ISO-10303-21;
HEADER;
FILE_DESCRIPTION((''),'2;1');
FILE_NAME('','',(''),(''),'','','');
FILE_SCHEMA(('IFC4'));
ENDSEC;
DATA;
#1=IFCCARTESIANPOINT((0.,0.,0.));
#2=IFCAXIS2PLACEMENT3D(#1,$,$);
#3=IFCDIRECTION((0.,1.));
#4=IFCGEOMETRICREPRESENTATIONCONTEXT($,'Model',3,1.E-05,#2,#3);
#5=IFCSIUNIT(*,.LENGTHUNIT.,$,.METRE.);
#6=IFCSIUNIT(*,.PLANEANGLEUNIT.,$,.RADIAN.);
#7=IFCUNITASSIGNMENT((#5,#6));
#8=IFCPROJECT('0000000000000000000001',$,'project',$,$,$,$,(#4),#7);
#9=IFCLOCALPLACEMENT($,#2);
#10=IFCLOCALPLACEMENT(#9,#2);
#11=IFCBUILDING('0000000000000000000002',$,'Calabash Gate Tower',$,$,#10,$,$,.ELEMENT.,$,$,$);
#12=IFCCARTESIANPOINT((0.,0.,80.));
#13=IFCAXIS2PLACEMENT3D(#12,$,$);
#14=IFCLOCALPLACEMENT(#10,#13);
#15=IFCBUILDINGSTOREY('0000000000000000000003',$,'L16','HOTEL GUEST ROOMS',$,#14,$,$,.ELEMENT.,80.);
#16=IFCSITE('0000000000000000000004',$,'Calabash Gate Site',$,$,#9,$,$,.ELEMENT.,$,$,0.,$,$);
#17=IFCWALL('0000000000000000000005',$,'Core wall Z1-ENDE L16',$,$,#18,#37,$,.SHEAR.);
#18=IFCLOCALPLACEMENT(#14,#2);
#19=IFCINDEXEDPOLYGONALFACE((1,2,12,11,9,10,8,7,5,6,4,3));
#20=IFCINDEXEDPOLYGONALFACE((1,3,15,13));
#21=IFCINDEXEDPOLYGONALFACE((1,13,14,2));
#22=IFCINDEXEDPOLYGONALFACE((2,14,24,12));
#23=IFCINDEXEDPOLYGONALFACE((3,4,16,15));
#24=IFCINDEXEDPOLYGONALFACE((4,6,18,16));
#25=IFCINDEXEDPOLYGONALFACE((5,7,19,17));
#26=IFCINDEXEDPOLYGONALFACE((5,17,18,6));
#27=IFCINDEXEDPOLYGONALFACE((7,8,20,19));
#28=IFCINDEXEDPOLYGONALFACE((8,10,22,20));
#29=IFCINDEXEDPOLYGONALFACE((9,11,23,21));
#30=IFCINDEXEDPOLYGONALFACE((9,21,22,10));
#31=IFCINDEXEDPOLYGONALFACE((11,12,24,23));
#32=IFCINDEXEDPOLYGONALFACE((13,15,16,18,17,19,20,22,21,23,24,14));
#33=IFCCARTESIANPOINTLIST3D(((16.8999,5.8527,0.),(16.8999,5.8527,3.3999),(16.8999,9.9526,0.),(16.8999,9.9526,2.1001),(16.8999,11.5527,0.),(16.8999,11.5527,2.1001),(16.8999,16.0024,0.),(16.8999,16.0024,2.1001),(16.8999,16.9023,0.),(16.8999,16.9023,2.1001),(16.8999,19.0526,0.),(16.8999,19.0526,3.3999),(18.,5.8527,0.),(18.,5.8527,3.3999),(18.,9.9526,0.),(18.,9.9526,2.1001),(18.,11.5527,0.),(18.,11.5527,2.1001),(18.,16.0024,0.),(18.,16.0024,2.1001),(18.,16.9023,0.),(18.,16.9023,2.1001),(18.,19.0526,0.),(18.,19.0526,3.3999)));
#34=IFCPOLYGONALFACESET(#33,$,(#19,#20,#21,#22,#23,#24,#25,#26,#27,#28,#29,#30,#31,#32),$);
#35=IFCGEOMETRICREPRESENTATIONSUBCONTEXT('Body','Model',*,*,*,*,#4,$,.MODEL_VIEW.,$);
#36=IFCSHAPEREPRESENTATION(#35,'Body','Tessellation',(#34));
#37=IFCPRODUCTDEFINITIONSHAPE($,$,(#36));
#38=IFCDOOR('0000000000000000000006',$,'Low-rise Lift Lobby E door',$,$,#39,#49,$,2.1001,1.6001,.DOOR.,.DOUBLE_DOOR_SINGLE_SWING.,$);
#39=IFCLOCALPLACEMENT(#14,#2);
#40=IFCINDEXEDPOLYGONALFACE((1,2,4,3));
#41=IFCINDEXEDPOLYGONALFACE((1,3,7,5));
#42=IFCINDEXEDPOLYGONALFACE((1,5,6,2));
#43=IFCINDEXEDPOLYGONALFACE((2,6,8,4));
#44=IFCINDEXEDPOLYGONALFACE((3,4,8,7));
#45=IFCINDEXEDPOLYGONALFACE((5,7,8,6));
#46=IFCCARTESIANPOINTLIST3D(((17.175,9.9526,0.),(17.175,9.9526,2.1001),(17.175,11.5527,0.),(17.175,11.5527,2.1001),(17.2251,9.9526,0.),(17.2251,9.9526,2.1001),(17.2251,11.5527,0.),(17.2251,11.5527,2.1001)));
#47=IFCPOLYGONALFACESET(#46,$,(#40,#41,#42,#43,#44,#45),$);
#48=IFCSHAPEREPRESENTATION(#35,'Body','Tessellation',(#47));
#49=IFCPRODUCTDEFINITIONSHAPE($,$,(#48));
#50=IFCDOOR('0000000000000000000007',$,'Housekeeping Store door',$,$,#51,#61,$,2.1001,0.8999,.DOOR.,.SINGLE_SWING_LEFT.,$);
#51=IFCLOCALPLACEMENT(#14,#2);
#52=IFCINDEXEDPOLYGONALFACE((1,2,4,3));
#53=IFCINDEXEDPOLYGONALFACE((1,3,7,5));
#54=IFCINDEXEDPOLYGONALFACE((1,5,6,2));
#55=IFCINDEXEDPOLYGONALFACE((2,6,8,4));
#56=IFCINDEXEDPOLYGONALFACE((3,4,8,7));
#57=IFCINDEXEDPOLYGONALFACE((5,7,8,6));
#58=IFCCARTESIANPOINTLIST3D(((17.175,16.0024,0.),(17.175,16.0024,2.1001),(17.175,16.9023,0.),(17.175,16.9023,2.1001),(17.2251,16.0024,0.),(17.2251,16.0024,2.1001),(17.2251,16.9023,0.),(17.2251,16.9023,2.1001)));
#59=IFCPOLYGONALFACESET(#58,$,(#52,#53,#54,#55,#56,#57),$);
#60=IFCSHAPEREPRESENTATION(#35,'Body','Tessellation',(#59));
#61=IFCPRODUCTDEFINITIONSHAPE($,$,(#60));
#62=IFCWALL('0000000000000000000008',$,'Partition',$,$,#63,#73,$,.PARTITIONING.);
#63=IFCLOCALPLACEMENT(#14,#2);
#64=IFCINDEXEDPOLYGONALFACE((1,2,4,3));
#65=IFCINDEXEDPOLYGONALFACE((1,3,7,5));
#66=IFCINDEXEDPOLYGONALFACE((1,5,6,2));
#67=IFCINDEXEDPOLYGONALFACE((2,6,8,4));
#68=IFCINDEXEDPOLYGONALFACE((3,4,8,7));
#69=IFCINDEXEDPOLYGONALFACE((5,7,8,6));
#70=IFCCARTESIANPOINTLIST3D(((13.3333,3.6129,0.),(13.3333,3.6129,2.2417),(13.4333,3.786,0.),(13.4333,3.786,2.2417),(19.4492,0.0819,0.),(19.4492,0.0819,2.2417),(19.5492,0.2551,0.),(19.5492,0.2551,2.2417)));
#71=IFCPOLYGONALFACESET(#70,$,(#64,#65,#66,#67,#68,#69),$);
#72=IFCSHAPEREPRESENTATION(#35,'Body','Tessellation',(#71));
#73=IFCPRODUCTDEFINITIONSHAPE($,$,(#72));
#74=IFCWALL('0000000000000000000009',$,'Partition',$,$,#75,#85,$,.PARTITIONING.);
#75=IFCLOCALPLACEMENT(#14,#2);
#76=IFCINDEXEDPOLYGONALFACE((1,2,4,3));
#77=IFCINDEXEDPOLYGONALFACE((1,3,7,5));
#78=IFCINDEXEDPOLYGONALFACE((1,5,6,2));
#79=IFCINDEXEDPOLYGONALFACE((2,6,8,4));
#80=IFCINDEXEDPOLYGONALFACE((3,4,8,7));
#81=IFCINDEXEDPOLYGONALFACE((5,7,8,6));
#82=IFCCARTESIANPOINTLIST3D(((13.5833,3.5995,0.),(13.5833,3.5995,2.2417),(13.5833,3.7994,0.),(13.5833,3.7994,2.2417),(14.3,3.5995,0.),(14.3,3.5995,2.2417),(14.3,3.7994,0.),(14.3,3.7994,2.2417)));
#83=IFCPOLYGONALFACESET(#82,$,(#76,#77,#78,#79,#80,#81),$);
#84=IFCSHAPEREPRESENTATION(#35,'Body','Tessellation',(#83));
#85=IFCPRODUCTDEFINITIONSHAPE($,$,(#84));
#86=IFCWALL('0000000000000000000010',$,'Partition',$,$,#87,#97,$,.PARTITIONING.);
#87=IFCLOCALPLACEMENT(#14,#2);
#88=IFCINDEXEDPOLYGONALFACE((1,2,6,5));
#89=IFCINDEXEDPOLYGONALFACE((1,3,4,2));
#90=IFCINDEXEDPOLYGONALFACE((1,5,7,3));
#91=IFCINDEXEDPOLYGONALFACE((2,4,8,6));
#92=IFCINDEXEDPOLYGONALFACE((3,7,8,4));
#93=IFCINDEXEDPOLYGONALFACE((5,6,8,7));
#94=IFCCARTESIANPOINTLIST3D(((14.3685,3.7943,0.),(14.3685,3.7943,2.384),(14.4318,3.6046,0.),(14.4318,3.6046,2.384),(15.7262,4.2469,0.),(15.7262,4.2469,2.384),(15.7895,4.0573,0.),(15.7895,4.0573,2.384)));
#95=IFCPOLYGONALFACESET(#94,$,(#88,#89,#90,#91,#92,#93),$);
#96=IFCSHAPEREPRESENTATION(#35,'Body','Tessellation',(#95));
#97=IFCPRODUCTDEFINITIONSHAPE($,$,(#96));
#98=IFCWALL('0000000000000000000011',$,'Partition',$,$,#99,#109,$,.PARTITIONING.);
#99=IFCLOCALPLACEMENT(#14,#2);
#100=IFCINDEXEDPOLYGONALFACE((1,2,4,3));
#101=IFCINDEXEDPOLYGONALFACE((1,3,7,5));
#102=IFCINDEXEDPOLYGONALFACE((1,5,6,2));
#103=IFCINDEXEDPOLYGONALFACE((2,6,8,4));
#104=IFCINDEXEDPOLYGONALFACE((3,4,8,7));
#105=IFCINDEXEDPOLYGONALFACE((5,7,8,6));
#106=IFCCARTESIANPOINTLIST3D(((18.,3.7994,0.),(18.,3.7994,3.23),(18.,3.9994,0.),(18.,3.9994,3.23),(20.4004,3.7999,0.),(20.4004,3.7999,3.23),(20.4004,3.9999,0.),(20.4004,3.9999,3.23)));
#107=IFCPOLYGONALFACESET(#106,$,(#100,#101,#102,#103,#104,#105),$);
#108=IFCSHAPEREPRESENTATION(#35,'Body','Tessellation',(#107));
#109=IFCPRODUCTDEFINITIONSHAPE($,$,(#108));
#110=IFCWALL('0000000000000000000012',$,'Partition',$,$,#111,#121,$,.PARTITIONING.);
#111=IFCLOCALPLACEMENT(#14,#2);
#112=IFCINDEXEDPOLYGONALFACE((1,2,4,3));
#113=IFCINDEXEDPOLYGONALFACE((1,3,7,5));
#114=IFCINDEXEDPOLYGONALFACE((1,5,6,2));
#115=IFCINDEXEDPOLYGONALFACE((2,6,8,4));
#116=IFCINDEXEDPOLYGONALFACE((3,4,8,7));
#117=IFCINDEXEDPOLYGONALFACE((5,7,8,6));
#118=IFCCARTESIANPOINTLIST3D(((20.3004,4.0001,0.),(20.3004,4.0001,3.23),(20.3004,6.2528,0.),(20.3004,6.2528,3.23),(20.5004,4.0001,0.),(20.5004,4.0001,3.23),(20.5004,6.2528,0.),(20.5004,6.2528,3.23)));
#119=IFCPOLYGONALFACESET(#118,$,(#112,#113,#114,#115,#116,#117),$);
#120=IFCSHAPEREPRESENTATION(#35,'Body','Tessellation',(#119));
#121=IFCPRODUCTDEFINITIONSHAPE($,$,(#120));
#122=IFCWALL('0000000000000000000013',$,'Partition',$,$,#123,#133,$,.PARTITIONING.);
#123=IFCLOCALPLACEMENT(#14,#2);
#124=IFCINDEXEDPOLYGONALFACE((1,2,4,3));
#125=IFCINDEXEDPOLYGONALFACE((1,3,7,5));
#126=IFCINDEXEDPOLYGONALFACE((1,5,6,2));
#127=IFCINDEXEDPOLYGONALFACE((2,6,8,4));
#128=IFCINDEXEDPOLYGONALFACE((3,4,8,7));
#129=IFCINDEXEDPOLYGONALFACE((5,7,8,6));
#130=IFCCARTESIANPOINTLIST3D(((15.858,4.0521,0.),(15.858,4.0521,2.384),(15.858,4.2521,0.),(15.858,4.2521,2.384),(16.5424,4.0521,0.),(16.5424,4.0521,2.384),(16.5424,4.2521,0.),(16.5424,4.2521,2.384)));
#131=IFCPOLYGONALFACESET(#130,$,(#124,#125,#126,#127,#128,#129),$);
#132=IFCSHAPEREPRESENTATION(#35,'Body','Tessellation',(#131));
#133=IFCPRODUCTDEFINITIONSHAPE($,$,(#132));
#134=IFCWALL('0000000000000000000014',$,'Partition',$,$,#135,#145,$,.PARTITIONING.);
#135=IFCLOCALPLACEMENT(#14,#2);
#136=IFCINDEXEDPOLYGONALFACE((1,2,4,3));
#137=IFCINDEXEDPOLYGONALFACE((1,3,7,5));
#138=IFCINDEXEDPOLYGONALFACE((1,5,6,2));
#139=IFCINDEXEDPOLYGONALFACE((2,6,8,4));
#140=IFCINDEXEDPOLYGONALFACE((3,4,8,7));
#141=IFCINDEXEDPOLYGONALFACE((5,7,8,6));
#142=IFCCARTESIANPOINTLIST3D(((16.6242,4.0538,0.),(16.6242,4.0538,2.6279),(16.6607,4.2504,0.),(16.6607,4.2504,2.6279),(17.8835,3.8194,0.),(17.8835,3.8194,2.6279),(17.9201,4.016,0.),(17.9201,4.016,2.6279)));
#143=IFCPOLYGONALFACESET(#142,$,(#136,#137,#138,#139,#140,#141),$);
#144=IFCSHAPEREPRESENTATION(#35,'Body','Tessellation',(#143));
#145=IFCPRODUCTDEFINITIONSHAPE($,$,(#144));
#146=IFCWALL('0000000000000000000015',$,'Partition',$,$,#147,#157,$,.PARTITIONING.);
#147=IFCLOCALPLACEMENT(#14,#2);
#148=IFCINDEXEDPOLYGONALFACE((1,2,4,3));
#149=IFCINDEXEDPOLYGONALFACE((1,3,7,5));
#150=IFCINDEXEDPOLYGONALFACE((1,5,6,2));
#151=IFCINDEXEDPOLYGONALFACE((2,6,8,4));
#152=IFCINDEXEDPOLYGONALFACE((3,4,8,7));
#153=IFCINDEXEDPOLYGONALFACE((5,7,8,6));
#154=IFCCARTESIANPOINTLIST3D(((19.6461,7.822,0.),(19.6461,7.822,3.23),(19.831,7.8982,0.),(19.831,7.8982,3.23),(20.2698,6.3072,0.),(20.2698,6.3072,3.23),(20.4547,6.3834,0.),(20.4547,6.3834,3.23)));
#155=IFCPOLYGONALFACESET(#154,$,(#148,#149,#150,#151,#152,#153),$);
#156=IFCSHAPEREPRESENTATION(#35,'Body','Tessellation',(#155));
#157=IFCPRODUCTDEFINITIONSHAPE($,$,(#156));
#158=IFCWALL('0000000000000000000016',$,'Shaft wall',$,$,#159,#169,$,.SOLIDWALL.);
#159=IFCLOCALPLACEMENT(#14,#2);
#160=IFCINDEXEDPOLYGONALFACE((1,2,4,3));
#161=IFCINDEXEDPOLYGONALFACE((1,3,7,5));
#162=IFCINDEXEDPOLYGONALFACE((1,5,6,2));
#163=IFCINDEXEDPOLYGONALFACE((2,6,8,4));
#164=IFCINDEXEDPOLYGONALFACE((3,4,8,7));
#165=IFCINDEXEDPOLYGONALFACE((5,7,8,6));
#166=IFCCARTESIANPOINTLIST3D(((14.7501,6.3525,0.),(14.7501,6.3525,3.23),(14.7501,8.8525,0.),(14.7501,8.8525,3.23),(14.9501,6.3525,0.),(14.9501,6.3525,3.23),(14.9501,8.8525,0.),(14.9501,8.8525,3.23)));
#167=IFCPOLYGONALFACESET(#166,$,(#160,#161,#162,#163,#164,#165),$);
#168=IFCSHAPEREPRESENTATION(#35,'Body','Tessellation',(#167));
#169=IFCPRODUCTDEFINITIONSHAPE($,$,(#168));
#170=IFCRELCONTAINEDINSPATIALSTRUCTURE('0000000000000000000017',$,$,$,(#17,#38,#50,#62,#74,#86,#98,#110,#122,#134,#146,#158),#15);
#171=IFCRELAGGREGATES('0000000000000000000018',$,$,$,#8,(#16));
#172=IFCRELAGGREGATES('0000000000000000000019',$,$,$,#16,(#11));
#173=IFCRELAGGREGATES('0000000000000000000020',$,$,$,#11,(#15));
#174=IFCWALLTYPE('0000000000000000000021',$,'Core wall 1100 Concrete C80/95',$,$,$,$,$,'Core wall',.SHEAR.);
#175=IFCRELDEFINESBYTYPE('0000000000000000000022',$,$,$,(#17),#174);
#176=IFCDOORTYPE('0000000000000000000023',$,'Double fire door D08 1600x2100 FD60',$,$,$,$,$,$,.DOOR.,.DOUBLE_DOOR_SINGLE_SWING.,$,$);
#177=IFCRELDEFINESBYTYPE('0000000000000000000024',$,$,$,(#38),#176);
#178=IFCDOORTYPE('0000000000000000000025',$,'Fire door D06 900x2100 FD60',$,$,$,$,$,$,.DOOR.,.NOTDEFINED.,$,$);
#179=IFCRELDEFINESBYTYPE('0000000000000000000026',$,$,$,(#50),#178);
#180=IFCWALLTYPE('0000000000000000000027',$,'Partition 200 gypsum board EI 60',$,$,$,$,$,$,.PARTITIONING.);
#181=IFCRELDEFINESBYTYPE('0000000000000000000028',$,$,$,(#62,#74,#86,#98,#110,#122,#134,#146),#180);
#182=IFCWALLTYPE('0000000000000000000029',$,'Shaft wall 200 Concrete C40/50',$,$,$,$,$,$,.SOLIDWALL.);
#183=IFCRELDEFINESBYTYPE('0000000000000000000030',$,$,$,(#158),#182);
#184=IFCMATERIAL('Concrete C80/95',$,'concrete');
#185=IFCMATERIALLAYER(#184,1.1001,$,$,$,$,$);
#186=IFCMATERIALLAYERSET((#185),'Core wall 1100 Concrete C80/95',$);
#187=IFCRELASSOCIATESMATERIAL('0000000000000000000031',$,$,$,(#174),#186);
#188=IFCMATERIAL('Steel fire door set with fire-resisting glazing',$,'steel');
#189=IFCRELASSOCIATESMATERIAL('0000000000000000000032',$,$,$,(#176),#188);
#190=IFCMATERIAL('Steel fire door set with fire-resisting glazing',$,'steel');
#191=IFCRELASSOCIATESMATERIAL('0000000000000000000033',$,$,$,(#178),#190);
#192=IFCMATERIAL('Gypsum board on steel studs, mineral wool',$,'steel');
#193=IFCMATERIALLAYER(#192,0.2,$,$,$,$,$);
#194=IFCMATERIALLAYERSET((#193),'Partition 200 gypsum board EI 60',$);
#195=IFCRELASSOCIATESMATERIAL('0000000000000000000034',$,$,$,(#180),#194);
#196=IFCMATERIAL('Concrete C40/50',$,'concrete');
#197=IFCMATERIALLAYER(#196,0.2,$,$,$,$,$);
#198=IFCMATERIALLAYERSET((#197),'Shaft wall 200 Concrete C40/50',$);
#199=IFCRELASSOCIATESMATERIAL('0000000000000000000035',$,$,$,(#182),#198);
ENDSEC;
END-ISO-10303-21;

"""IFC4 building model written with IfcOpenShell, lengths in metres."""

from ifc_helpers import new_model, si_unit, direction, frame, frame_2d, origin, place, context, subcontext, project, spatial, rectangle, extrude, material, layer, layer_set, type_object, element, fill, save


model = new_model("IFC4")

# Units and contexts
model_context = context("Model", 3, precision=1e-05, world=origin(), true_north=direction((0.0, 1.0)))
body_context = subcontext(model_context, "Body", "Model", "MODEL_VIEW")
ifc_project = project(units=[si_unit("LENGTHUNIT", "METRE"), si_unit("PLANEANGLEUNIT", "RADIAN")], contexts=[model_context])

# Site, building, storey
site_placement = place(None, origin())
site = spatial("IfcSite", under=ifc_project, at=site_placement, Name="Calabash Gate Site", CompositionType="ELEMENT", RefElevation=0.0)
building_placement = place(site_placement, origin())
building = spatial("IfcBuilding", under=site, at=building_placement, Name="Calabash Gate Tower", CompositionType="ELEMENT")
storey_placement = place(building_placement, frame((0.0, 0.0, 80.0)))
storey = spatial("IfcBuildingStorey", under=building, at=storey_placement, Name="L16", Description="HOTEL GUEST ROOMS", CompositionType="ELEMENT", Elevation=80.0)

# Wall, openings, doors
ifc_material_1 = material(Name="Concrete C80/95", Category="concrete")
ifc_layer_1 = layer(ifc_material_1, 1.1001)
ifc_layer_set_1 = layer_set([ifc_layer_1], Name="Core wall 1100 Concrete C80/95")
wall_type_1 = type_object("IfcWallType", Name="Core wall 1100 Concrete C80/95", ElementType="Core wall", PredefinedType="SHEAR", material=ifc_layer_set_1)
wall_1_placement = place(storey_placement, frame((17.45, 5.8525, 0.0), z_axis=(0.0, 0.0, 1.0), x_axis=(0.0, 1.0, 0.0)))
wall_1 = element("IfcWall", 1, at=wall_1_placement, inside=storey, type_object=wall_type_1, Name="Core wall Z1-ENDE L16", PredefinedType="SHEAR", context=body_context, shape_type="SweptSolid", body=[
    extrude(rectangle(XDim=13.2, YDim=1.1001, at=frame_2d((6.6001, 0.0))), origin(), (0.0, 0.0, 1.0), 3.3999),
])
opening_1_placement = place(wall_1_placement, frame((4.1001, 0.0, 0.0)))
opening_1 = element("IfcOpeningElement", 2, at=opening_1_placement, cuts=wall_1, PredefinedType="OPENING", context=body_context, shape_type="SweptSolid", body=[
    extrude(rectangle(XDim=1.6001, YDim=2.1001, at=frame_2d((0.8, 1.05))), frame((0.0, 0.5601, 0.0), z_axis=(0.0, -1.0, 0.0), x_axis=(1.0, 0.0, 0.0)), (0.0, 0.0, 1.0), 1.1201),
])
opening_2_placement = place(wall_1_placement, frame((10.1499, 0.0, 0.0)))
opening_2 = element("IfcOpeningElement", 3, at=opening_2_placement, cuts=wall_1, PredefinedType="OPENING", context=body_context, shape_type="SweptSolid", body=[
    extrude(rectangle(XDim=0.8999, YDim=2.1001, at=frame_2d((0.45, 1.05))), frame((0.0, 0.5601, 0.0), z_axis=(0.0, -1.0, 0.0), x_axis=(1.0, 0.0, 0.0)), (0.0, 0.0, 1.0), 1.1201),
])
ifc_material_2 = material(Name="Steel fire door set with fire-resisting glazing", Category="steel")
door_type_1 = type_object("IfcDoorType", Name="Double fire door D08 1600x2100 FD60", OperationType="DOUBLE_DOOR_SINGLE_SWING", PredefinedType="DOOR", material=ifc_material_2)
door_1_placement = place(opening_1_placement, origin())
door_1 = element("IfcDoor", 4, at=door_1_placement, inside=storey, type_object=door_type_1, Name="Low-rise Lift Lobby E door", OperationType="DOUBLE_DOOR_SINGLE_SWING", OverallHeight=2.1001, OverallWidth=1.6001, PredefinedType="DOOR", context=body_context, shape_type="SweptSolid", body=[
    extrude(rectangle(XDim=1.6001, YDim=2.1001, at=frame_2d((0.8, 1.05))), frame((0.0, 0.2749, 0.0), z_axis=(0.0, -1.0, 0.0), x_axis=(1.0, 0.0, 0.0)), (0.0, 0.0, 1.0), 0.05),
])
fill(opening_1, door_1)
ifc_material_3 = material(Name="Steel fire door set with fire-resisting glazing", Category="steel")
door_type_2 = type_object("IfcDoorType", Name="Fire door D06 900x2100 FD60", OperationType="NOTDEFINED", PredefinedType="DOOR", material=ifc_material_3)
door_2_placement = place(opening_2_placement, origin())
door_2 = element("IfcDoor", 5, at=door_2_placement, inside=storey, type_object=door_type_2, Name="Housekeeping Store door", OperationType="SINGLE_SWING_LEFT", OverallHeight=2.1001, OverallWidth=0.8999, PredefinedType="DOOR", context=body_context, shape_type="SweptSolid", body=[
    extrude(rectangle(XDim=0.8999, YDim=2.1001, at=frame_2d((0.45, 1.05))), frame((0.0, 0.2749, 0.0), z_axis=(0.0, -1.0, 0.0), x_axis=(1.0, 0.0, 0.0)), (0.0, 0.0, 1.0), 0.05),
])
fill(opening_2, door_2)

# Walls
ifc_material_4 = material(Name="Gypsum board on steel studs, mineral wool", Category="steel")
ifc_layer_2 = layer(ifc_material_4, 0.2)
ifc_layer_set_2 = layer_set([ifc_layer_2], Name="Partition 200 gypsum board EI 60")
wall_type_2 = type_object("IfcWallType", Name="Partition 200 gypsum board EI 60", PredefinedType="PARTITIONING", material=ifc_layer_set_2)
wall_2_placement = place(storey_placement, frame((13.3833, 3.6995, 0.0), z_axis=(0.0, 0.0, 1.0), x_axis=(0.866028, -0.499995, 0.0)))
element("IfcWall", 6, at=wall_2_placement, inside=storey, type_object=wall_type_2, Name="Partition", PredefinedType="PARTITIONING", context=body_context, shape_type="SweptSolid", body=[
    extrude(rectangle(XDim=7.062, YDim=0.2, at=frame_2d((3.531, 0.0))), origin(), (0.0, 0.0, 1.0), 2.2417),
])
wall_3_placement = place(storey_placement, frame((13.5833, 3.6995, 0.0), z_axis=(0.0, 0.0, 1.0), x_axis=(1.0, 0.0, 0.0)))
element("IfcWall", 7, at=wall_3_placement, inside=storey, type_object=wall_type_2, Name="Partition", PredefinedType="PARTITIONING", context=body_context, shape_type="SweptSolid", body=[
    extrude(rectangle(XDim=0.7168, YDim=0.2, at=frame_2d((0.3584, 0.0))), origin(), (0.0, 0.0, 1.0), 2.2417),
])
wall_4_placement = place(storey_placement, frame((14.4001, 3.6995, 0.0), z_axis=(0.0, 0.0, 1.0), x_axis=(0.948666, 0.316279, 0.0)))
element("IfcWall", 8, at=wall_4_placement, inside=storey, type_object=wall_type_2, Name="Partition", PredefinedType="PARTITIONING", context=body_context, shape_type="SweptSolid", body=[
    extrude(rectangle(XDim=1.4312, YDim=0.2, at=frame_2d((0.7156, 0.0))), origin(), (0.0, 0.0, 1.0), 2.384),
])
wall_5_placement = place(storey_placement, frame((18.0, 3.8994, 0.0), z_axis=(0.0, 0.0, 1.0), x_axis=(1.0, 0.000203, 0.0)))
element("IfcWall", 9, at=wall_5_placement, inside=storey, type_object=wall_type_2, Name="Partition", PredefinedType="PARTITIONING", context=body_context, shape_type="SweptSolid", body=[
    extrude(rectangle(XDim=2.4004, YDim=0.2, at=frame_2d((1.2002, 0.0))), origin(), (0.0, 0.0, 1.0), 3.23),
])
wall_6_placement = place(storey_placement, frame((20.4004, 4.0, 0.0), z_axis=(0.0, 0.0, 1.0), x_axis=(0.0, 1.0, 0.0)))
element("IfcWall", 10, at=wall_6_placement, inside=storey, type_object=wall_type_2, Name="Partition", PredefinedType="PARTITIONING", context=body_context, shape_type="SweptSolid", body=[
    extrude(rectangle(XDim=2.2527, YDim=0.2, at=frame_2d((1.1265, 0.0))), origin(), (0.0, 0.0, 1.0), 3.23),
])
wall_7_placement = place(storey_placement, frame((15.8579, 4.1521, 0.0), z_axis=(0.0, 0.0, 1.0), x_axis=(1.0, 0.0, 0.0)))
element("IfcWall", 11, at=wall_7_placement, inside=storey, type_object=wall_type_2, Name="Partition", PredefinedType="PARTITIONING", context=body_context, shape_type="SweptSolid", body=[
    extrude(rectangle(XDim=0.6843, YDim=0.2, at=frame_2d((0.3423, 0.0))), origin(), (0.0, 0.0, 1.0), 2.384),
])
wall_8_placement = place(storey_placement, frame((16.6423, 4.1521, 0.0), z_axis=(0.0, 0.0, 1.0), x_axis=(0.983117, -0.182976, 0.0)))
element("IfcWall", 12, at=wall_8_placement, inside=storey, type_object=wall_type_2, Name="Partition", PredefinedType="PARTITIONING", context=body_context, shape_type="SweptSolid", body=[
    extrude(rectangle(XDim=1.281, YDim=0.2, at=frame_2d((0.6406, 0.0))), origin(), (0.0, 0.0, 1.0), 2.6279),
])
wall_9_placement = place(storey_placement, frame((19.7385, 7.8601, 0.0), z_axis=(0.0, 0.0, 1.0), x_axis=(0.38075, -0.924678, 0.0)))
element("IfcWall", 13, at=wall_9_placement, inside=storey, type_object=wall_type_2, Name="Partition", PredefinedType="PARTITIONING", context=body_context, shape_type="SweptSolid", body=[
    extrude(rectangle(XDim=1.6382, YDim=0.2, at=frame_2d((0.8191, 0.0))), origin(), (0.0, 0.0, 1.0), 3.23),
])
ifc_material_5 = material(Name="Concrete C40/50", Category="concrete")
ifc_layer_3 = layer(ifc_material_5, 0.2)
ifc_layer_set_3 = layer_set([ifc_layer_3], Name="Shaft wall 200 Concrete C40/50")
wall_type_3 = type_object("IfcWallType", Name="Shaft wall 200 Concrete C40/50", PredefinedType="SOLIDWALL", material=ifc_layer_set_3)
wall_10_placement = place(storey_placement, frame((14.8501, 6.3525, 0.0), z_axis=(0.0, 0.0, 1.0), x_axis=(0.0, 1.0, 0.0)))
element("IfcWall", 14, at=wall_10_placement, inside=storey, type_object=wall_type_3, Name="Shaft wall", PredefinedType="SOLIDWALL", context=body_context, shape_type="SweptSolid", body=[
    extrude(rectangle(XDim=2.5, YDim=0.2, at=frame_2d((1.25, 0.0))), origin(), (0.0, 0.0, 1.0), 3.23),
])

save(model, "model.ifc")
